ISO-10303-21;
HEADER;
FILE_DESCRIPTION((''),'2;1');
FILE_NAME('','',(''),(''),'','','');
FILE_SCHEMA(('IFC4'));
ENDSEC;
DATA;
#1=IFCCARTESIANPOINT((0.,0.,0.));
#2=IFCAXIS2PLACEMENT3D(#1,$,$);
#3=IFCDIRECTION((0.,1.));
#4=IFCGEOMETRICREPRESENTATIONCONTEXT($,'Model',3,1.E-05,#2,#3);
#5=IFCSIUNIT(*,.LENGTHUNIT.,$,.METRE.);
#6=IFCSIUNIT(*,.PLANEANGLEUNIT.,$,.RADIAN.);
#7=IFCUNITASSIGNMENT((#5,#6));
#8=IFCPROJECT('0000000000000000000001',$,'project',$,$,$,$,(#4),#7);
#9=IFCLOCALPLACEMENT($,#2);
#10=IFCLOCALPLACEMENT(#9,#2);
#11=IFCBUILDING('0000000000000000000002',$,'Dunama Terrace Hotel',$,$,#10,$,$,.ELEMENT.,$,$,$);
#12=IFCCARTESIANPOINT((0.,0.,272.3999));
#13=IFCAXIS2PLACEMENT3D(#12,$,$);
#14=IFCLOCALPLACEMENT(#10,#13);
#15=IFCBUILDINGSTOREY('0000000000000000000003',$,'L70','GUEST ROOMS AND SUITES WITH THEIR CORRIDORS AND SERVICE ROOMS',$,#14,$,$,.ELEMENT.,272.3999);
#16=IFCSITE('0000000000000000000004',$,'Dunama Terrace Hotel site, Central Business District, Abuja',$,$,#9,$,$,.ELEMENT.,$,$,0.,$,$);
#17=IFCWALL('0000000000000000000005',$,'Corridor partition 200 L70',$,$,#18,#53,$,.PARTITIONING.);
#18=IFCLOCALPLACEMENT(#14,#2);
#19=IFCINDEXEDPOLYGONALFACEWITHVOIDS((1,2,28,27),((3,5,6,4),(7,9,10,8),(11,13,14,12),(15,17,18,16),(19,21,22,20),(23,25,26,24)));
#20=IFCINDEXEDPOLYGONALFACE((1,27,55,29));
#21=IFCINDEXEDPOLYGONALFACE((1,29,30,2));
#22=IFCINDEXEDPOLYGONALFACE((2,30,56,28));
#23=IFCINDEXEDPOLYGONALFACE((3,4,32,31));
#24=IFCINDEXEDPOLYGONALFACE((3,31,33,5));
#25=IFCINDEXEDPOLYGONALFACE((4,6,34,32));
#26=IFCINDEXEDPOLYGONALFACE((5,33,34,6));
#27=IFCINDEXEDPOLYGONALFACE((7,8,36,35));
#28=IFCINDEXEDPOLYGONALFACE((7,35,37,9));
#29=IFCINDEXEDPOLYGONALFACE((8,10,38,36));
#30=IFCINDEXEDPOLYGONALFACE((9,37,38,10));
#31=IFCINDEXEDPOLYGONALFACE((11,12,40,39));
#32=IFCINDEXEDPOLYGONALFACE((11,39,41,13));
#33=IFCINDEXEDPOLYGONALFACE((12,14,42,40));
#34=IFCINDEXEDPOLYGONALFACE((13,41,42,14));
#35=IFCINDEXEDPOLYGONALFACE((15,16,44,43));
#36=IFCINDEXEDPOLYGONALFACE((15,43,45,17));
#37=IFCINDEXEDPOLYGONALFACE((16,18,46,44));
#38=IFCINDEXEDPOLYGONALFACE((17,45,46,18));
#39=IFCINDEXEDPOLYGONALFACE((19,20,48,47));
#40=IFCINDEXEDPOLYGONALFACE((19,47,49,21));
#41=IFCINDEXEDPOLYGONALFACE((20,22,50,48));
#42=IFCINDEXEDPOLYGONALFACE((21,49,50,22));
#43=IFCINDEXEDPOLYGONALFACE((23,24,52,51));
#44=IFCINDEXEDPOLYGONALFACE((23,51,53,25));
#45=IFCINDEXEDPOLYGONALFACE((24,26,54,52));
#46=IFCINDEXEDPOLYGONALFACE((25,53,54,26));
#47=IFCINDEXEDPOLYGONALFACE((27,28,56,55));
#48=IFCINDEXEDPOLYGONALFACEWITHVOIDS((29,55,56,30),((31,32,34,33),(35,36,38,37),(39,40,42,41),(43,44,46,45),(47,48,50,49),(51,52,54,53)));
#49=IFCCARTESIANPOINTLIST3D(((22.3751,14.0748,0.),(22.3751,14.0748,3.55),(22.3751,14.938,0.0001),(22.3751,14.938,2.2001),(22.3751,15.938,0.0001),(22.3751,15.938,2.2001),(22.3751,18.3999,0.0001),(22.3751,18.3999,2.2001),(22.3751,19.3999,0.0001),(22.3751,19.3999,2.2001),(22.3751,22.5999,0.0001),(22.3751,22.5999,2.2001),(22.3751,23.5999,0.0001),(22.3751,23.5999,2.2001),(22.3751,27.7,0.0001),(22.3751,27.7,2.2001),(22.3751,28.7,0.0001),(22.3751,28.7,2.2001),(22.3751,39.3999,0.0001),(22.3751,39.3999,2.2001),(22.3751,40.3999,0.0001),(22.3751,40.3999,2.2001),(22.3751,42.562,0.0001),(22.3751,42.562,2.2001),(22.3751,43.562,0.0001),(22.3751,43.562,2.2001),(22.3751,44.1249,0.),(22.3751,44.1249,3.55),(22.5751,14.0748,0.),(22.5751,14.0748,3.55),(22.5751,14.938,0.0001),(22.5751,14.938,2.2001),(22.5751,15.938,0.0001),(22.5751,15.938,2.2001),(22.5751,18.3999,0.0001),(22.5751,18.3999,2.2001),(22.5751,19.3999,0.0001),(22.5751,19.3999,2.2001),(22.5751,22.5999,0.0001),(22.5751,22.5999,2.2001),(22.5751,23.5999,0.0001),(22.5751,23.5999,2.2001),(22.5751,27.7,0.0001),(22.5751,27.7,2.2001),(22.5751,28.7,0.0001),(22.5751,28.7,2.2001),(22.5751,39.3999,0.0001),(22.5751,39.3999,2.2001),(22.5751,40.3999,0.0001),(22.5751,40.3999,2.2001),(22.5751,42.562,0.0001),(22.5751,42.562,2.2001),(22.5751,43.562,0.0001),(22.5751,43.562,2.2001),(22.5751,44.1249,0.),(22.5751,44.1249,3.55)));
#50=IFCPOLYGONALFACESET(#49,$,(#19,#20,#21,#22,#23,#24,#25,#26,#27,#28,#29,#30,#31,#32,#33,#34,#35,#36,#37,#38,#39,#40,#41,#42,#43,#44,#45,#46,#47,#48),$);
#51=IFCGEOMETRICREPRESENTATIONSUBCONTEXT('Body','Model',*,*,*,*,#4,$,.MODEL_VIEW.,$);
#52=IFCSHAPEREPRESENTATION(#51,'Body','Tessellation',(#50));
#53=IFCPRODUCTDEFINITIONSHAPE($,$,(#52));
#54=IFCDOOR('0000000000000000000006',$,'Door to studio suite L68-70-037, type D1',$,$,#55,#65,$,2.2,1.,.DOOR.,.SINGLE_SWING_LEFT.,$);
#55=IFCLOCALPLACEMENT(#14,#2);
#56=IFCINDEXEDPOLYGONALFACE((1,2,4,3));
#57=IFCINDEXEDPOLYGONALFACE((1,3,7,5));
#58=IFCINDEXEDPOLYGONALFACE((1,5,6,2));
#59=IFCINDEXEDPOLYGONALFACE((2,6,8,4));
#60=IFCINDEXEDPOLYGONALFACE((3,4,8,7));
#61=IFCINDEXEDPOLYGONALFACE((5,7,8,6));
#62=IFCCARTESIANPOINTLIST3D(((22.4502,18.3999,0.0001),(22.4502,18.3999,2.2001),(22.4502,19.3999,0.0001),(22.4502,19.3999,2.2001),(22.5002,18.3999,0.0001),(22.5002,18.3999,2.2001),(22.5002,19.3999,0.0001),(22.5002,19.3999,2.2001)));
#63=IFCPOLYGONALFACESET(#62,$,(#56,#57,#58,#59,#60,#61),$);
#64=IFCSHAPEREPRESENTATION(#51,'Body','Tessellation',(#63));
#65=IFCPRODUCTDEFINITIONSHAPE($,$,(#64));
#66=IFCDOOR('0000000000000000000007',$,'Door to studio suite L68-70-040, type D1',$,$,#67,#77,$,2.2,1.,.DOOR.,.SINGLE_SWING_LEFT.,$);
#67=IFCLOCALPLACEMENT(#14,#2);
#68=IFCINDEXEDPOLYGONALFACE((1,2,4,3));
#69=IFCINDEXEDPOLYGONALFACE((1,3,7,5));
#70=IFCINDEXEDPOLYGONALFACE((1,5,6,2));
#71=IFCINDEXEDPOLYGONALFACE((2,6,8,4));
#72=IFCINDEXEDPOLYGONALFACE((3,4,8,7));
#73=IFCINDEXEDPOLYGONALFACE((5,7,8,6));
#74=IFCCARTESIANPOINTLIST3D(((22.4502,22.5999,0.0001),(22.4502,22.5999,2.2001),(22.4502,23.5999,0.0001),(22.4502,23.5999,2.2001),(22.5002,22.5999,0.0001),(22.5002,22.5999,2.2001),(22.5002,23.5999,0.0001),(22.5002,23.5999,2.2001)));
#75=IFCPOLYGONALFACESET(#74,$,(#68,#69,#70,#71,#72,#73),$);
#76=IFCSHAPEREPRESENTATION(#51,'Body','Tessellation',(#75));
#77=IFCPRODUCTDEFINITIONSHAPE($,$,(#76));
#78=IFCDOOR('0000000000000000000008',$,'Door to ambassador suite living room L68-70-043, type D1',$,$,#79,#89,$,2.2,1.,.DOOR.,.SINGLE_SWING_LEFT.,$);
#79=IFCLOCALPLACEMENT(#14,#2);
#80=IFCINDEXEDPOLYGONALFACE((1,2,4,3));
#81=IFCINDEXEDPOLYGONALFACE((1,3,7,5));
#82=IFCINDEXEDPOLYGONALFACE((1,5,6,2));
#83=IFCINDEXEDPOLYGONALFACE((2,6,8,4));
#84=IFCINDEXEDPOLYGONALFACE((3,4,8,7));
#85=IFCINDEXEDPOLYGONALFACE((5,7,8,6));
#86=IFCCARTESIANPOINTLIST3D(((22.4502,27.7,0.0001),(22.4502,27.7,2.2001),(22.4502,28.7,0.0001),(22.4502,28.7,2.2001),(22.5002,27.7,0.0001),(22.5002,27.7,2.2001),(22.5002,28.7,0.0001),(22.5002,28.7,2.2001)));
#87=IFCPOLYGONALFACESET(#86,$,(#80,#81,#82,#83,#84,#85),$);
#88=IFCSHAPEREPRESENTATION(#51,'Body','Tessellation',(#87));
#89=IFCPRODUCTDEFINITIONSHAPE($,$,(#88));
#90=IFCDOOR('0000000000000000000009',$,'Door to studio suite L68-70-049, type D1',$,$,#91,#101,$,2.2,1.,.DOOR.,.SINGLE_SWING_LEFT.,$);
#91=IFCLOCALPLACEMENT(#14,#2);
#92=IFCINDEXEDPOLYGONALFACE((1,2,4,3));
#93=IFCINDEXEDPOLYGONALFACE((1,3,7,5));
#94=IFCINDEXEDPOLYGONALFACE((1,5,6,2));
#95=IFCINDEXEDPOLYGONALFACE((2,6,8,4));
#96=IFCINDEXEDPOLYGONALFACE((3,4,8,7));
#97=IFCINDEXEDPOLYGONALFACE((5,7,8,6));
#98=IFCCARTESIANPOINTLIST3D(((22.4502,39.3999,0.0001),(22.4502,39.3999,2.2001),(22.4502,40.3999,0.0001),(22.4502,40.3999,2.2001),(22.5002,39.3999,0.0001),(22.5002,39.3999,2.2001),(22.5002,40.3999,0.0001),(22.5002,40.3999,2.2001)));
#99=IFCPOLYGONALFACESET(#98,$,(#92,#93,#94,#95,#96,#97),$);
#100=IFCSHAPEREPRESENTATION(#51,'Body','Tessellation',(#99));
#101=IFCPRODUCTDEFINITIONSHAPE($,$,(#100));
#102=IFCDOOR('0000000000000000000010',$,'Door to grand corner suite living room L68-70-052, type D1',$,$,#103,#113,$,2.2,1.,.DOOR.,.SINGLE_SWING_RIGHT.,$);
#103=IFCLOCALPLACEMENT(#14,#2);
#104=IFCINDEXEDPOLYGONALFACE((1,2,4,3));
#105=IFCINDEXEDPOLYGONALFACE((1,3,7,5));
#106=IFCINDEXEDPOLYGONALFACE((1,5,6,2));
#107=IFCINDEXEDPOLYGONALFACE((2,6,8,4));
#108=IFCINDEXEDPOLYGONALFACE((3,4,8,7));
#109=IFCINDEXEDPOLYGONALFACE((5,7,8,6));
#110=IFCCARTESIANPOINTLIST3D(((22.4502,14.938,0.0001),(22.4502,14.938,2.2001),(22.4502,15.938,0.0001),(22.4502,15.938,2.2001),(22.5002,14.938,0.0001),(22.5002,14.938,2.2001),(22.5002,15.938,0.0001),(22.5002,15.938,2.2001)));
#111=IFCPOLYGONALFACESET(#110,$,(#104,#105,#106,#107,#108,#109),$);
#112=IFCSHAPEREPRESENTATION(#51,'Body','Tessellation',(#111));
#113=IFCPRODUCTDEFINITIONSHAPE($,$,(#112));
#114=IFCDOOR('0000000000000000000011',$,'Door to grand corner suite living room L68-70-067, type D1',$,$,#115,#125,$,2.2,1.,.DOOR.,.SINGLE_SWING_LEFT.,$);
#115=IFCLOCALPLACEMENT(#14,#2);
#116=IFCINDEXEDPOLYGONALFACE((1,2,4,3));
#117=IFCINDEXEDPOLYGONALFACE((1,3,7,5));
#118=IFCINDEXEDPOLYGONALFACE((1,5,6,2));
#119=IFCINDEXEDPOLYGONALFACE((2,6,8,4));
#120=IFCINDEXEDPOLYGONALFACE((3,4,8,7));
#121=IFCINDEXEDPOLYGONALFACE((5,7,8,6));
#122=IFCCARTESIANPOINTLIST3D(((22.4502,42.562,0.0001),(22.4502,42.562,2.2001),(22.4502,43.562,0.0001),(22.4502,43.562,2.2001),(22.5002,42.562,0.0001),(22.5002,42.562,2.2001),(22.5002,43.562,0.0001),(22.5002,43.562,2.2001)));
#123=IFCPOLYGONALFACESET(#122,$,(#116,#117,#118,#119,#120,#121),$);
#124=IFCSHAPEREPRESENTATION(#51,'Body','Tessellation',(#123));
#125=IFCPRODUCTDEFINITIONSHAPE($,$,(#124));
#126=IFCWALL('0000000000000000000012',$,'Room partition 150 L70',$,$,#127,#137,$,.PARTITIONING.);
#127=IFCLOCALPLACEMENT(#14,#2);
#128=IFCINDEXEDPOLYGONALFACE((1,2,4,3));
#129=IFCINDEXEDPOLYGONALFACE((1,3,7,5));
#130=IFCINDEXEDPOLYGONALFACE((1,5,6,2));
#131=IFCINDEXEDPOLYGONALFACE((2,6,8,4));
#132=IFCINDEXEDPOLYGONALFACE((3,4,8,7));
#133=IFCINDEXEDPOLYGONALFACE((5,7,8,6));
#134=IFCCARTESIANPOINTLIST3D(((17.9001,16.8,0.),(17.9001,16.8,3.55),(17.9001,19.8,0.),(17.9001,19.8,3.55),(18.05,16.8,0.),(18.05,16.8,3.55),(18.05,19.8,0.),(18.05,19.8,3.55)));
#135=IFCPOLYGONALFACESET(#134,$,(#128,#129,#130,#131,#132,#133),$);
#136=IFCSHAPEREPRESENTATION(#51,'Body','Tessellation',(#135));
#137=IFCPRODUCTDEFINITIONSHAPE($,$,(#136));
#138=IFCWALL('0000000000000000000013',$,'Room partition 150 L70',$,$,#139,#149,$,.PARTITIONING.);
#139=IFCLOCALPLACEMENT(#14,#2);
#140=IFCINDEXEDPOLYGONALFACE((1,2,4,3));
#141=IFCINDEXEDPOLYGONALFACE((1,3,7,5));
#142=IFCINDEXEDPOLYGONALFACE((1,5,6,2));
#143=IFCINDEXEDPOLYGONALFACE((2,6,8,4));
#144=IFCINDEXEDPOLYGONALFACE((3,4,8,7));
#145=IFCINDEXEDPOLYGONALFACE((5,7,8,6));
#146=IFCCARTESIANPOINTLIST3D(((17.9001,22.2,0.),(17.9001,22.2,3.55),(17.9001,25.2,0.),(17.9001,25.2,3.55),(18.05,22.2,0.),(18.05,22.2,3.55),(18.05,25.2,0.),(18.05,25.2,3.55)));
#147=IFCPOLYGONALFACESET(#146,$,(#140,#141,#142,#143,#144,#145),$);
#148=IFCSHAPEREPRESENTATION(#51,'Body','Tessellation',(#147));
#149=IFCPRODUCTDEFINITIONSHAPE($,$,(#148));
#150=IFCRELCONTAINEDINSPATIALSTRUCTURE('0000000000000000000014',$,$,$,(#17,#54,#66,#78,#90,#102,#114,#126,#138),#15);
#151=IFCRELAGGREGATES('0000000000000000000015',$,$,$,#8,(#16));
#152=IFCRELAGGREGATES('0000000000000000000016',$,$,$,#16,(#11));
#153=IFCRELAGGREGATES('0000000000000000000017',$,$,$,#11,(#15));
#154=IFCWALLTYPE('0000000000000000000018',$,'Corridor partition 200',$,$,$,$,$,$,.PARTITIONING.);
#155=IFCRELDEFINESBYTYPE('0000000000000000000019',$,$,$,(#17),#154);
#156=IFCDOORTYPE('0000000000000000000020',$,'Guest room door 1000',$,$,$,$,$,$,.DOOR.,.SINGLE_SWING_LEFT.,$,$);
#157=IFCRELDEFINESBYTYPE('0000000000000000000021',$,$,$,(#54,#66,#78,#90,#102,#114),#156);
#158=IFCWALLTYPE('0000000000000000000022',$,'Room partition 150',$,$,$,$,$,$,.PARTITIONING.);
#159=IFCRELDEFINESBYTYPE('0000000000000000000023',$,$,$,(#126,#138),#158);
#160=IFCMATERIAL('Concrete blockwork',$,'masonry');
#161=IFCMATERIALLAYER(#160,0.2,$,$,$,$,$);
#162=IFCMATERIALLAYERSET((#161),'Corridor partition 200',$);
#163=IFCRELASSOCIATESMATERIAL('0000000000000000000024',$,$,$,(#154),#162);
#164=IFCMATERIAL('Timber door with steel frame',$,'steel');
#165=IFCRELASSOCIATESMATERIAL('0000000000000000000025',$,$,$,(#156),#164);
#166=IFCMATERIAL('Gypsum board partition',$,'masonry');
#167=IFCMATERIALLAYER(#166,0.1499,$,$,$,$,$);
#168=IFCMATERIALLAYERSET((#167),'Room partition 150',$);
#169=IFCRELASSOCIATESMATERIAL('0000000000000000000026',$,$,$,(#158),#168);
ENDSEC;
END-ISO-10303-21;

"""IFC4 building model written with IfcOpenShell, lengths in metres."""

from ifc_helpers import new_model, si_unit, direction, frame, frame_2d, origin, place, context, subcontext, project, spatial, rectangle, extrude, material, layer, layer_set, type_object, element, fill, save


model = new_model("IFC4")

# Units and contexts
model_context = context("Model", 3, precision=1e-05, world=origin(), true_north=direction((0.0, 1.0)))
body_context = subcontext(model_context, "Body", "Model", "MODEL_VIEW")
ifc_project = project(units=[si_unit("LENGTHUNIT", "METRE"), si_unit("PLANEANGLEUNIT", "RADIAN")], contexts=[model_context])

# Site, building, storey
site_placement = place(None, origin())
site = spatial("IfcSite", under=ifc_project, at=site_placement, Name="Dunama Terrace Hotel site, Central Business District, Abuja", CompositionType="ELEMENT", RefElevation=0.0)
building_placement = place(site_placement, origin())
building = spatial("IfcBuilding", under=site, at=building_placement, Name="Dunama Terrace Hotel", CompositionType="ELEMENT")
storey_placement = place(building_placement, frame((0.0, 0.0, 272.3999)))
storey = spatial("IfcBuildingStorey", under=building, at=storey_placement, Name="L70", Description="GUEST ROOMS AND SUITES WITH THEIR CORRIDORS AND SERVICE ROOMS", CompositionType="ELEMENT", Elevation=272.3999)

# Wall, openings, doors
ifc_material_1 = material(Name="Concrete blockwork", Category="masonry")
ifc_layer_1 = layer(ifc_material_1, 0.2)
ifc_layer_set_1 = layer_set([ifc_layer_1], Name="Corridor partition 200")
wall_type_1 = type_object("IfcWallType", Name="Corridor partition 200", PredefinedType="PARTITIONING", material=ifc_layer_set_1)
wall_1_placement = place(storey_placement, frame((22.4751, 14.075, 0.0), z_axis=(0.0, 0.0, 1.0), x_axis=(0.0, 1.0, 0.0)))
wall_1 = element("IfcWall", 1, at=wall_1_placement, inside=storey, type_object=wall_type_1, Name="Corridor partition 200 L70", PredefinedType="PARTITIONING", context=body_context, shape_type="SweptSolid", body=[
    extrude(rectangle(XDim=30.05, YDim=0.2, at=frame_2d((15.0249, 0.0))), origin(), (0.0, 0.0, 1.0), 3.55),
])
opening_1_placement = place(wall_1_placement, frame((4.325, 0.0, 0.0)))
opening_1 = element("IfcOpeningElement", 2, at=opening_1_placement, cuts=wall_1, PredefinedType="OPENING", context=body_context, shape_type="SweptSolid", body=[
    extrude(rectangle(XDim=1.0, YDim=2.2, at=frame_2d((0.5, 1.1001))), frame((0.0, 0.1099, 0.0), z_axis=(0.0, -1.0, 0.0), x_axis=(1.0, 0.0, 0.0)), (0.0, 0.0, 1.0), 0.22),
])
opening_2_placement = place(wall_1_placement, frame((8.5249, 0.0, 0.0)))
opening_2 = element("IfcOpeningElement", 3, at=opening_2_placement, cuts=wall_1, PredefinedType="OPENING", context=body_context, shape_type="SweptSolid", body=[
    extrude(rectangle(XDim=1.0, YDim=2.2, at=frame_2d((0.5, 1.1001))), frame((0.0, 0.1099, 0.0), z_axis=(0.0, -1.0, 0.0), x_axis=(1.0, 0.0, 0.0)), (0.0, 0.0, 1.0), 0.22),
])
opening_3_placement = place(wall_1_placement, frame((13.625, 0.0, 0.0)))
opening_3 = element("IfcOpeningElement", 4, at=opening_3_placement, cuts=wall_1, PredefinedType="OPENING", context=body_context, shape_type="SweptSolid", body=[
    extrude(rectangle(XDim=1.0, YDim=2.2, at=frame_2d((0.5, 1.1001))), frame((0.0, 0.1099, 0.0), z_axis=(0.0, -1.0, 0.0), x_axis=(1.0, 0.0, 0.0)), (0.0, 0.0, 1.0), 0.22),
])
opening_4_placement = place(wall_1_placement, frame((25.325, 0.0, 0.0)))
opening_4 = element("IfcOpeningElement", 5, at=opening_4_placement, cuts=wall_1, PredefinedType="OPENING", context=body_context, shape_type="SweptSolid", body=[
    extrude(rectangle(XDim=1.0, YDim=2.2, at=frame_2d((0.5, 1.1001))), frame((0.0, 0.1099, 0.0), z_axis=(0.0, -1.0, 0.0), x_axis=(1.0, 0.0, 0.0)), (0.0, 0.0, 1.0), 0.22),
])
opening_5_placement = place(wall_1_placement, frame((0.863, 0.0, 0.0)))
opening_5 = element("IfcOpeningElement", 6, at=opening_5_placement, cuts=wall_1, PredefinedType="OPENING", context=body_context, shape_type="SweptSolid", body=[
    extrude(rectangle(XDim=1.0, YDim=2.2, at=frame_2d((0.5, 1.1001))), frame((0.0, 0.1099, 0.0), z_axis=(0.0, -1.0, 0.0), x_axis=(1.0, 0.0, 0.0)), (0.0, 0.0, 1.0), 0.22),
])
opening_6_placement = place(wall_1_placement, frame((28.4871, 0.0, 0.0)))
opening_6 = element("IfcOpeningElement", 7, at=opening_6_placement, cuts=wall_1, PredefinedType="OPENING", context=body_context, shape_type="SweptSolid", body=[
    extrude(rectangle(XDim=1.0, YDim=2.2, at=frame_2d((0.5, 1.1001))), frame((0.0, 0.1099, 0.0), z_axis=(0.0, -1.0, 0.0), x_axis=(1.0, 0.0, 0.0)), (0.0, 0.0, 1.0), 0.22),
])
ifc_material_2 = material(Name="Timber door with steel frame", Category="steel")
door_type_1 = type_object("IfcDoorType", Name="Guest room door 1000", OperationType="SINGLE_SWING_LEFT", PredefinedType="DOOR", material=ifc_material_2)
door_1_placement = place(opening_1_placement, origin())
door_1 = element("IfcDoor", 8, at=door_1_placement, inside=storey, type_object=door_type_1, Name="Door to studio suite L68-70-037, type D1", OperationType="SINGLE_SWING_LEFT", OverallHeight=2.2, OverallWidth=1.0, PredefinedType="DOOR", context=body_context, shape_type="SweptSolid", body=[
    extrude(rectangle(XDim=1.0, YDim=2.2, at=frame_2d((0.5, 1.1001))), frame((0.0, 0.0249, 0.0), z_axis=(0.0, -1.0, 0.0), x_axis=(1.0, 0.0, 0.0)), (0.0, 0.0, 1.0), 0.05),
])
fill(opening_1, door_1)
door_2_placement = place(opening_2_placement, origin())
door_2 = element("IfcDoor", 9, at=door_2_placement, inside=storey, type_object=door_type_1, Name="Door to studio suite L68-70-040, type D1", OperationType="SINGLE_SWING_LEFT", OverallHeight=2.2, OverallWidth=1.0, PredefinedType="DOOR", context=body_context, shape_type="SweptSolid", body=[
    extrude(rectangle(XDim=1.0, YDim=2.2, at=frame_2d((0.5, 1.1001))), frame((0.0, 0.0249, 0.0), z_axis=(0.0, -1.0, 0.0), x_axis=(1.0, 0.0, 0.0)), (0.0, 0.0, 1.0), 0.05),
])
fill(opening_2, door_2)
door_3_placement = place(opening_3_placement, origin())
door_3 = element("IfcDoor", 10, at=door_3_placement, inside=storey, type_object=door_type_1, Name="Door to ambassador suite living room L68-70-043, type D1", OperationType="SINGLE_SWING_LEFT", OverallHeight=2.2, OverallWidth=1.0, PredefinedType="DOOR", context=body_context, shape_type="SweptSolid", body=[
    extrude(rectangle(XDim=1.0, YDim=2.2, at=frame_2d((0.5, 1.1001))), frame((0.0, 0.0249, 0.0), z_axis=(0.0, -1.0, 0.0), x_axis=(1.0, 0.0, 0.0)), (0.0, 0.0, 1.0), 0.05),
])
fill(opening_3, door_3)
door_4_placement = place(opening_4_placement, origin())
door_4 = element("IfcDoor", 11, at=door_4_placement, inside=storey, type_object=door_type_1, Name="Door to studio suite L68-70-049, type D1", OperationType="SINGLE_SWING_LEFT", OverallHeight=2.2, OverallWidth=1.0, PredefinedType="DOOR", context=body_context, shape_type="SweptSolid", body=[
    extrude(rectangle(XDim=1.0, YDim=2.2, at=frame_2d((0.5, 1.1001))), frame((0.0, 0.0249, 0.0), z_axis=(0.0, -1.0, 0.0), x_axis=(1.0, 0.0, 0.0)), (0.0, 0.0, 1.0), 0.05),
])
fill(opening_4, door_4)
door_5_placement = place(opening_5_placement, origin())
door_5 = element("IfcDoor", 12, at=door_5_placement, inside=storey, type_object=door_type_1, Name="Door to grand corner suite living room L68-70-052, type D1", OperationType="SINGLE_SWING_RIGHT", OverallHeight=2.2, OverallWidth=1.0, PredefinedType="DOOR", context=body_context, shape_type="SweptSolid", body=[
    extrude(rectangle(XDim=1.0, YDim=2.2, at=frame_2d((0.5, 1.1001))), frame((0.0, 0.0249, 0.0), z_axis=(0.0, -1.0, 0.0), x_axis=(1.0, 0.0, 0.0)), (0.0, 0.0, 1.0), 0.05),
])
fill(opening_5, door_5)
door_6_placement = place(opening_6_placement, origin())
door_6 = element("IfcDoor", 13, at=door_6_placement, inside=storey, type_object=door_type_1, Name="Door to grand corner suite living room L68-70-067, type D1", OperationType="SINGLE_SWING_LEFT", OverallHeight=2.2, OverallWidth=1.0, PredefinedType="DOOR", context=body_context, shape_type="SweptSolid", body=[
    extrude(rectangle(XDim=1.0, YDim=2.2, at=frame_2d((0.5, 1.1001))), frame((0.0, 0.0249, 0.0), z_axis=(0.0, -1.0, 0.0), x_axis=(1.0, 0.0, 0.0)), (0.0, 0.0, 1.0), 0.05),
])
fill(opening_6, door_6)

# Walls
ifc_material_3 = material(Name="Gypsum board partition", Category="masonry")
ifc_layer_2 = layer(ifc_material_3, 0.1499)
ifc_layer_set_2 = layer_set([ifc_layer_2], Name="Room partition 150")
wall_type_2 = type_object("IfcWallType", Name="Room partition 150", PredefinedType="PARTITIONING", material=ifc_layer_set_2)
for number, where, z_axis, x_axis, name in (
    (14, (17.9751, 16.8, 0.0), (0.0, 0.0, 1.0), (0.0, 1.0, 0.0), "Room partition 150 L70"),
    (15, (17.9751, 22.2, 0.0), (0.0, 0.0, 1.0), (0.0, 1.0, 0.0), "Room partition 150 L70"),
):
    element("IfcWall", number, at=place(storey_placement, frame(where, z_axis=z_axis, x_axis=x_axis)), inside=storey, type_object=wall_type_2, Name=name, PredefinedType="PARTITIONING", context=body_context, shape_type="SweptSolid", body=[
        extrude(rectangle(XDim=3.0, YDim=0.1499, at=frame_2d((1.5, 0.0))), origin(), (0.0, 0.0, 1.0), 3.55),
    ])

save(model, "model.ifc")
